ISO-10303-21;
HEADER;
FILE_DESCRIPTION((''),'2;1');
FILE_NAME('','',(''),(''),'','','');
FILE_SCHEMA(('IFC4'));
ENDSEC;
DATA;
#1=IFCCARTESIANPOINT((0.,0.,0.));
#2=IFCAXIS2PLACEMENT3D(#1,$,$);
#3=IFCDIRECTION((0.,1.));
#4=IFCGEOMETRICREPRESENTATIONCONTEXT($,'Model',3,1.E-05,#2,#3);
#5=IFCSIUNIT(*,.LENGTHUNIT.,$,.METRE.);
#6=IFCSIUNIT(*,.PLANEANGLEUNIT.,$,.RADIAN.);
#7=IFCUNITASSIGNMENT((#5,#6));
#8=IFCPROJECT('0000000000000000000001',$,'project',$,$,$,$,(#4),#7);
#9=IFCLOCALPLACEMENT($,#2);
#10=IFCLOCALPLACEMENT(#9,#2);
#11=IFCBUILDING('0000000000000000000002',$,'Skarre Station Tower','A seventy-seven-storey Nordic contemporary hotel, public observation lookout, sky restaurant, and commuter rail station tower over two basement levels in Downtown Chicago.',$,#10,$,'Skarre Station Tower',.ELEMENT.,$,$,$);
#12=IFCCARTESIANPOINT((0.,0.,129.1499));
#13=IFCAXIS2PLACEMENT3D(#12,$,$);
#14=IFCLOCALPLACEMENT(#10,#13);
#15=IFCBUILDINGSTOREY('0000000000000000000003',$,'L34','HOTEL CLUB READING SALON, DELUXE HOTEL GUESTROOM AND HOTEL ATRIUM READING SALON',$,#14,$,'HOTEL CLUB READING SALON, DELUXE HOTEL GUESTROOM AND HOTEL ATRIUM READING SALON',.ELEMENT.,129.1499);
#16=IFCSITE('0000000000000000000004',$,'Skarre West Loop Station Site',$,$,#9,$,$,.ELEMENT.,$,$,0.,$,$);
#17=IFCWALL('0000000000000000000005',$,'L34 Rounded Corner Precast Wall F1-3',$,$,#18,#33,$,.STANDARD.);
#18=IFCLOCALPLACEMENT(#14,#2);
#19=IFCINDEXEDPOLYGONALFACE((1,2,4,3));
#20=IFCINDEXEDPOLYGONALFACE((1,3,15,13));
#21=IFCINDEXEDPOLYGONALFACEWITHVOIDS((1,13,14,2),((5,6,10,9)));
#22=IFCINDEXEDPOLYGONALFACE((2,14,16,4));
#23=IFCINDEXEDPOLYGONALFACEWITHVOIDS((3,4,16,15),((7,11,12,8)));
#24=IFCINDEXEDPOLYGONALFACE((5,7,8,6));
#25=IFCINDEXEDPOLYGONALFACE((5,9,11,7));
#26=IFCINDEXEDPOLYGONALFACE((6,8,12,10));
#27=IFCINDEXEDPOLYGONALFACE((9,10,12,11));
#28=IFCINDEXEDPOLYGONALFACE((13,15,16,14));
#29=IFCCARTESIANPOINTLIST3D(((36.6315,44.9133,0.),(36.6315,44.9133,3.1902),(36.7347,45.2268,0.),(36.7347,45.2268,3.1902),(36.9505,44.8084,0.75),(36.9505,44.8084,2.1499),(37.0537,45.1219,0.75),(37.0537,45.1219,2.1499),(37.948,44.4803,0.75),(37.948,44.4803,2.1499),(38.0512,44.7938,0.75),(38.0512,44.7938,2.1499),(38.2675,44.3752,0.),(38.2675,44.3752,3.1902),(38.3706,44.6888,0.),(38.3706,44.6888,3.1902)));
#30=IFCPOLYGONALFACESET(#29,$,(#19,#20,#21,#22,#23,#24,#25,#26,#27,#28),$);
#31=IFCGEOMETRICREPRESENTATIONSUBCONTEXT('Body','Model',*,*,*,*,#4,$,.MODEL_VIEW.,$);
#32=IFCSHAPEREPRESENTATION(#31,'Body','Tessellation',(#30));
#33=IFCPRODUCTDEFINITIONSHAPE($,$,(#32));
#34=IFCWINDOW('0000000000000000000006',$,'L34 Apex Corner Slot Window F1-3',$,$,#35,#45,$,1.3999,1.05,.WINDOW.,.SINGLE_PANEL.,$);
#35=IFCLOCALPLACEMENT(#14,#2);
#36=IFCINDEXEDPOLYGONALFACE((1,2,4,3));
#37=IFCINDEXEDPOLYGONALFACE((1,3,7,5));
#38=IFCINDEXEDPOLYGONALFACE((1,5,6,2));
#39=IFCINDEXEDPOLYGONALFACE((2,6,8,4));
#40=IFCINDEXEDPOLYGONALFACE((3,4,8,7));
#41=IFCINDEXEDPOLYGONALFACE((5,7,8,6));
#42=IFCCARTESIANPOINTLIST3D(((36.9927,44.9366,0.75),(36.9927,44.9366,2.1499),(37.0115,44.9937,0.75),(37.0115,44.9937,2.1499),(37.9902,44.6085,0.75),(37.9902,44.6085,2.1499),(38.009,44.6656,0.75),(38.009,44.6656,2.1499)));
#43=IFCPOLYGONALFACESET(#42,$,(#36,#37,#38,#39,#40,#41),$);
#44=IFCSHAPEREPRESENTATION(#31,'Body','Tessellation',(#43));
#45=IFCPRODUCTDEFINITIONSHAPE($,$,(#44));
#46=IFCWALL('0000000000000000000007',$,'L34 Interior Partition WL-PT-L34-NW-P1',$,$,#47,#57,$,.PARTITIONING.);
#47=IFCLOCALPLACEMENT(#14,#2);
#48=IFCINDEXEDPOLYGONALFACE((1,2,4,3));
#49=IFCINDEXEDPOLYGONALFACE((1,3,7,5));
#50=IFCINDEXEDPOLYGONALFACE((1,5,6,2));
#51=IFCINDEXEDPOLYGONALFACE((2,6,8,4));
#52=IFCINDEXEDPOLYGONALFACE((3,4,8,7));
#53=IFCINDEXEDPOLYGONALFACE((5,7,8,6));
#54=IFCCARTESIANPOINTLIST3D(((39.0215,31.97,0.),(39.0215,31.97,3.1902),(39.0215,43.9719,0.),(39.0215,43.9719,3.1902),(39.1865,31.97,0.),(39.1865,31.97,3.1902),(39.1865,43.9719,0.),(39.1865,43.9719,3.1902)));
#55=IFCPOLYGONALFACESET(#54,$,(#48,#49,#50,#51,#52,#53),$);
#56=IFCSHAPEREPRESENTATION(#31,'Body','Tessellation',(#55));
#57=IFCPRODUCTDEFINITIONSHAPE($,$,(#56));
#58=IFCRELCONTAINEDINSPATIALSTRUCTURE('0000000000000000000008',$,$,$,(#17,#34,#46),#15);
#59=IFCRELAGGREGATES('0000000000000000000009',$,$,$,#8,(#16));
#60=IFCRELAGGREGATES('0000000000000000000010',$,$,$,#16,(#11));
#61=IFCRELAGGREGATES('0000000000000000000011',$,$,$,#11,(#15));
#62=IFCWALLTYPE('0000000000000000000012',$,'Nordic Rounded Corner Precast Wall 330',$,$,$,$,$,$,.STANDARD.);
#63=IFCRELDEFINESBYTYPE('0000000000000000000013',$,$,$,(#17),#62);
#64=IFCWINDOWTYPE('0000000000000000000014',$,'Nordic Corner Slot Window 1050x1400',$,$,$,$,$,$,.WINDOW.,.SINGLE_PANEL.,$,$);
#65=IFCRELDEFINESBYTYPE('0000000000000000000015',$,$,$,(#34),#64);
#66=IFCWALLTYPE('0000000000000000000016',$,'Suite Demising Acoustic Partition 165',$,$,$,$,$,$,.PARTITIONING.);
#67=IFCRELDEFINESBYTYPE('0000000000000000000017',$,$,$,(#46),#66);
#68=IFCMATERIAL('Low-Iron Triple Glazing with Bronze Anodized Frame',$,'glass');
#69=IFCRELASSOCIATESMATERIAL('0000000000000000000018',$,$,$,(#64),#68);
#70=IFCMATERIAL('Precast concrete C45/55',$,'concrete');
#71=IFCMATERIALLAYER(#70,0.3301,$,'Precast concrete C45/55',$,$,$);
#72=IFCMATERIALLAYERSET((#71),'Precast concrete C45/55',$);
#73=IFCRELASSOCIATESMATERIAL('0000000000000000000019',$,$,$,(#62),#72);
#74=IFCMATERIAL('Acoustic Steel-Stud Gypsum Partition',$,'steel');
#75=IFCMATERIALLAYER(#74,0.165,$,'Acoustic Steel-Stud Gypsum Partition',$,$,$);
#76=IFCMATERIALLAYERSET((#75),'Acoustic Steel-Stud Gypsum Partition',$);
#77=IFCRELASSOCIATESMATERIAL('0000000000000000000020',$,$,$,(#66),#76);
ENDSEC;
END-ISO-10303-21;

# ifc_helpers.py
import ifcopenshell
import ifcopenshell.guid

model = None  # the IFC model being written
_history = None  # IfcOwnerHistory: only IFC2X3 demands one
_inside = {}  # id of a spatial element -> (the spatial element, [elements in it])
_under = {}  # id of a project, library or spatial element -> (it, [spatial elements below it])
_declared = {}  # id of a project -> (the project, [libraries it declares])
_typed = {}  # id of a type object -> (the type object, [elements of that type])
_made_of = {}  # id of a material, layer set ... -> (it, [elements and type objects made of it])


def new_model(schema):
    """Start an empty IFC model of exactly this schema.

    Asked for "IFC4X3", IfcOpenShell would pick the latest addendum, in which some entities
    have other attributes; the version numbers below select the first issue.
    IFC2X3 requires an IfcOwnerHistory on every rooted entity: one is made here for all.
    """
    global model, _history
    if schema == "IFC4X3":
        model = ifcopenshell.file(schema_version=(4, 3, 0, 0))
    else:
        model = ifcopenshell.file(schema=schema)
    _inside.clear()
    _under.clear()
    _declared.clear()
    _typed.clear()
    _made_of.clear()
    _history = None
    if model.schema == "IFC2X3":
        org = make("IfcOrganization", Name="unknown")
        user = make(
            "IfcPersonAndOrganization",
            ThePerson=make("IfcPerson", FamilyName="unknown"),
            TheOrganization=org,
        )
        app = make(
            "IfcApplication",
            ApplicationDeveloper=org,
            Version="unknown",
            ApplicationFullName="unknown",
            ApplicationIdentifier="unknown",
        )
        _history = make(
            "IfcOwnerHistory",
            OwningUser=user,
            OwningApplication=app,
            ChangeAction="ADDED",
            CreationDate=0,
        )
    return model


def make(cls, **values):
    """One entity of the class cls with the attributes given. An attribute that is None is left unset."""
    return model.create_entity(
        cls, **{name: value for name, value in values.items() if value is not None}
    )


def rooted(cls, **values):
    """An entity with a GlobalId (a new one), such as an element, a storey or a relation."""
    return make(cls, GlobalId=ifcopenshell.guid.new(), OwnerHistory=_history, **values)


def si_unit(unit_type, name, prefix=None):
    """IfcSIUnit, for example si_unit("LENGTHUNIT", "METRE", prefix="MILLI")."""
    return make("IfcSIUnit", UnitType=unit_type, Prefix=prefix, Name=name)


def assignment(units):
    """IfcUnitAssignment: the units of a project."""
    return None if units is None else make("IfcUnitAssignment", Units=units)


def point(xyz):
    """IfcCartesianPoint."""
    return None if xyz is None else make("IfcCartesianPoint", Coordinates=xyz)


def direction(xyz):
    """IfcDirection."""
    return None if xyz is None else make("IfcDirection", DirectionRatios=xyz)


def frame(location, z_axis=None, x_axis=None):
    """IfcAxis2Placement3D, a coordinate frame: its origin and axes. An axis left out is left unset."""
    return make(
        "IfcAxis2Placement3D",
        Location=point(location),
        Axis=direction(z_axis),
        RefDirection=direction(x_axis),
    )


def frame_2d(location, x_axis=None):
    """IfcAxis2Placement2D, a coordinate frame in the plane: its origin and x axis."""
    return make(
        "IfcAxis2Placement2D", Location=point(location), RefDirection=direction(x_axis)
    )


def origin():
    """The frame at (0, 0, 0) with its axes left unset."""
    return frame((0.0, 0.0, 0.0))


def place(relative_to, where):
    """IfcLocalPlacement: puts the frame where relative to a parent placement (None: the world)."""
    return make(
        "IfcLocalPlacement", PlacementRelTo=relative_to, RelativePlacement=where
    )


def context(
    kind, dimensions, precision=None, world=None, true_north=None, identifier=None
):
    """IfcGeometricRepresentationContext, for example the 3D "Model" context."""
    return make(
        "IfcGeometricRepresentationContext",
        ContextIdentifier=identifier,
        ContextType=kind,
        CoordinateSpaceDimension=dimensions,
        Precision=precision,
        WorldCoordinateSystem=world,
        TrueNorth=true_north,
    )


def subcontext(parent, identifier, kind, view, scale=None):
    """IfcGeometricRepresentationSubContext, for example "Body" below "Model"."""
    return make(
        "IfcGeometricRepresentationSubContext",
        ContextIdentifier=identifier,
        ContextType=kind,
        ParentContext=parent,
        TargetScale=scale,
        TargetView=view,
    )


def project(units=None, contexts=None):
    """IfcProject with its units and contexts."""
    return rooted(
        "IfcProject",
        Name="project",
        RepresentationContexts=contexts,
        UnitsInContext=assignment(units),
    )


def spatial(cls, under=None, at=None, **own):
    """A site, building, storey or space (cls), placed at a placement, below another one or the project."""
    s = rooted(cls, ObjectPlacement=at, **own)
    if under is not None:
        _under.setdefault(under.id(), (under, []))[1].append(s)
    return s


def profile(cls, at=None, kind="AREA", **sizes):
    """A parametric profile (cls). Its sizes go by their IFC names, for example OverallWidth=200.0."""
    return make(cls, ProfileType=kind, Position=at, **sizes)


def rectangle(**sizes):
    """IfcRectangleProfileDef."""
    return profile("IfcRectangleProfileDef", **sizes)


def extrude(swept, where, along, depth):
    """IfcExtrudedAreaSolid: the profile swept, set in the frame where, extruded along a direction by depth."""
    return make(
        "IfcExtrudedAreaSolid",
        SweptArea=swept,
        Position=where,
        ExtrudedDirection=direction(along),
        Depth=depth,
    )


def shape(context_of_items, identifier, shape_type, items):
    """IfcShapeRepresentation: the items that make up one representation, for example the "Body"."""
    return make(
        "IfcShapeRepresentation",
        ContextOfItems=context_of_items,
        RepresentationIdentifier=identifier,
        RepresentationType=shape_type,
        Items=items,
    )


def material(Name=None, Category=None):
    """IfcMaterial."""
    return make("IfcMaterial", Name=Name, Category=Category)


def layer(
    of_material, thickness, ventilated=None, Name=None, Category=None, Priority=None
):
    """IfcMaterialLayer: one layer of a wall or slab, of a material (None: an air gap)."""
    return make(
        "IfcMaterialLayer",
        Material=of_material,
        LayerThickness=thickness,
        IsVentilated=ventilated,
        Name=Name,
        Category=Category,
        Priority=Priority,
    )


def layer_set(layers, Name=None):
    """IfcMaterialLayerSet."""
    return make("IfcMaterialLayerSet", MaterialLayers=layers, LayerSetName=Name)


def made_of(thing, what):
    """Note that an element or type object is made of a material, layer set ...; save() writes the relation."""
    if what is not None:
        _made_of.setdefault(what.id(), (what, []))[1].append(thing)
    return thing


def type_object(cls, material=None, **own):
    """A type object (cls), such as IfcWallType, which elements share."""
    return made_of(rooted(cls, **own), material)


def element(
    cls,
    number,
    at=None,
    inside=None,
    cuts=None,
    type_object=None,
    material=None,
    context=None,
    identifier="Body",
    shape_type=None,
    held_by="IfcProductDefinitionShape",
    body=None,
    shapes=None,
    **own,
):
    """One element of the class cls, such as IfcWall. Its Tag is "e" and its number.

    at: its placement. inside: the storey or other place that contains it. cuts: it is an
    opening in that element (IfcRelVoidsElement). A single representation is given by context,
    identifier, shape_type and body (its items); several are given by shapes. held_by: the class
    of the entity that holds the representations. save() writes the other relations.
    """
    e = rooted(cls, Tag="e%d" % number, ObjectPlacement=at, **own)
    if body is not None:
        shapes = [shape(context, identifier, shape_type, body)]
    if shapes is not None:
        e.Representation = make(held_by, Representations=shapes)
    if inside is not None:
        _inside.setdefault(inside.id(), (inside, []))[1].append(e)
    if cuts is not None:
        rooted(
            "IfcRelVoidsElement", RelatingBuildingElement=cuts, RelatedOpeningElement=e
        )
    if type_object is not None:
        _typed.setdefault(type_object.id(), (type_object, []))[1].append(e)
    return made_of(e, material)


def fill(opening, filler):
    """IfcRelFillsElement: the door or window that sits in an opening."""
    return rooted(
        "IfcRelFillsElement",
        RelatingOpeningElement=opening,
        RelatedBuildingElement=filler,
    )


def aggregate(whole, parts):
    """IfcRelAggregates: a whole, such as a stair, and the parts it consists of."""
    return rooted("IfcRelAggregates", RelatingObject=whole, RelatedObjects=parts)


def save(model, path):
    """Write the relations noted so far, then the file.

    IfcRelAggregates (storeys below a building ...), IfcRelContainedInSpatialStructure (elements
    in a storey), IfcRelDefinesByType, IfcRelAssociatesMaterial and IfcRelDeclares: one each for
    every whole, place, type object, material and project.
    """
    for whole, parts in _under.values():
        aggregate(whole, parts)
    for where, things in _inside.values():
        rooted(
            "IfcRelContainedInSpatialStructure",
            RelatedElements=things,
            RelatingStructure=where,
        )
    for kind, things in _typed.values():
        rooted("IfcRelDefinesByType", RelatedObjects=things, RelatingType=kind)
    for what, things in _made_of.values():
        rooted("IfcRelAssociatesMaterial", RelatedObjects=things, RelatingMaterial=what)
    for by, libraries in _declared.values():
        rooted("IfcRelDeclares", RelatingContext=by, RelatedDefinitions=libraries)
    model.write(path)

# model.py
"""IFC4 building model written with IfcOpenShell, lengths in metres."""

from ifc_helpers import new_model, si_unit, direction, frame, frame_2d, origin, place, context, subcontext, project, spatial, rectangle, extrude, material, layer, layer_set, type_object, element, fill, save


model = new_model("IFC4")

# Units and contexts
model_context = context("Model", 3, precision=1e-05, world=origin(), true_north=direction((0.0, 1.0)))
body_context = subcontext(model_context, "Body", "Model", "MODEL_VIEW")
ifc_project = project(units=[si_unit("LENGTHUNIT", "METRE"), si_unit("PLANEANGLEUNIT", "RADIAN")], contexts=[model_context])

# Site, building, storey
site_placement = place(None, origin())
site = spatial("IfcSite", under=ifc_project, at=site_placement, Name="Skarre West Loop Station Site", CompositionType="ELEMENT", RefElevation=0.0)
building_placement = place(site_placement, origin())
building = spatial("IfcBuilding", under=site, at=building_placement, Name="Skarre Station Tower", Description="A seventy-seven-storey Nordic contemporary hotel, public observation lookout, sky restaurant, and commuter rail station tower over two basement levels in Downtown Chicago.", LongName="Skarre Station Tower", CompositionType="ELEMENT")
storey_placement = place(building_placement, frame((0.0, 0.0, 129.1499)))
storey = spatial("IfcBuildingStorey", under=building, at=storey_placement, Name="L34", Description="HOTEL CLUB READING SALON, DELUXE HOTEL GUESTROOM AND HOTEL ATRIUM READING SALON", LongName="HOTEL CLUB READING SALON, DELUXE HOTEL GUESTROOM AND HOTEL ATRIUM READING SALON", CompositionType="ELEMENT", Elevation=129.1499)

# Shared definitions
ifc_material_1 = material(Name="Acoustic Steel-Stud Gypsum Partition", Category="steel")

# Shared definitions
ifc_material_2 = material(Name="Precast concrete C45/55", Category="concrete")
ifc_material_3 = material(Name="Low-Iron Triple Glazing with Bronze Anodized Frame", Category="glass")
window_type_1 = type_object("IfcWindowType", Name="Nordic Corner Slot Window 1050x1400", PartitioningType="SINGLE_PANEL", PredefinedType="WINDOW", material=ifc_material_3)

# Shared definitions
ifc_layer_1 = layer(ifc_material_2, 0.3301, Name="Precast concrete C45/55")
ifc_layer_set_1 = layer_set([ifc_layer_1], Name="Precast concrete C45/55")
wall_type_1 = type_object("IfcWallType", Name="Nordic Rounded Corner Precast Wall 330", PredefinedType="STANDARD", material=ifc_layer_set_1)

# Wall, opening, window
wall_1_placement = place(storey_placement, frame((36.6831, 45.0701, 0.0), z_axis=(0.0, 0.0, 1.0), x_axis=(0.949937, -0.31244, 0.0)))
wall_1 = element("IfcWall", 1, at=wall_1_placement, inside=storey, type_object=wall_type_1, Name="L34 Rounded Corner Precast Wall F1-3", PredefinedType="STANDARD", context=body_context, shape_type="SweptSolid", body=[
    extrude(rectangle(XDim=1.7222, YDim=0.3301, at=frame_2d((0.8611, 0.0))), origin(), (0.0, 0.0, 1.0), 3.1902),
])
opening_1_placement = place(wall_1_placement, frame((0.3359, 0.0, 0.75)))
opening_1 = element("IfcOpeningElement", 2, at=opening_1_placement, cuts=wall_1, PredefinedType="OPENING", context=body_context, shape_type="SweptSolid", body=[
    extrude(rectangle(XDim=1.05, YDim=1.3999, at=frame_2d((0.5249, 0.7))), frame((0.0, 0.175, 0.0), z_axis=(0.0, -1.0, 0.0), x_axis=(1.0, 0.0, 0.0)), (0.0, 0.0, 1.0), 0.3501),
])
window_1_placement = place(opening_1_placement, origin())
window_1 = element("IfcWindow", 3, at=window_1_placement, inside=storey, type_object=window_type_1, Name="L34 Apex Corner Slot Window F1-3", OverallHeight=1.3999, OverallWidth=1.05, PartitioningType="SINGLE_PANEL", PredefinedType="WINDOW", context=body_context, shape_type="SweptSolid", body=[
    extrude(rectangle(XDim=1.05, YDim=1.3999, at=frame_2d((0.5249, 0.7))), frame((0.0, 0.03, 0.0), z_axis=(0.0, -1.0, 0.0), x_axis=(1.0, 0.0, 0.0)), (0.0, 0.0, 1.0), 0.0601),
])
fill(opening_1, window_1)

# Wall
ifc_layer_2 = layer(ifc_material_1, 0.165, Name="Acoustic Steel-Stud Gypsum Partition")
ifc_layer_set_2 = layer_set([ifc_layer_2], Name="Acoustic Steel-Stud Gypsum Partition")
wall_type_2 = type_object("IfcWallType", Name="Suite Demising Acoustic Partition 165", PredefinedType="PARTITIONING", material=ifc_layer_set_2)
wall_2_placement = place(storey_placement, frame((39.104, 31.97, 0.0), z_axis=(0.0, 0.0, 1.0), x_axis=(0.0, 1.0, 0.0)))
element("IfcWall", 4, at=wall_2_placement, inside=storey, type_object=wall_type_2, Name="L34 Interior Partition WL-PT-L34-NW-P1", PredefinedType="PARTITIONING", context=body_context, shape_type="SweptSolid", body=[
    extrude(rectangle(XDim=12.002, YDim=0.165, at=frame_2d((6.001, 0.0))), origin(), (0.0, 0.0, 1.0), 3.1902),
])

save(model, "model.ifc")
